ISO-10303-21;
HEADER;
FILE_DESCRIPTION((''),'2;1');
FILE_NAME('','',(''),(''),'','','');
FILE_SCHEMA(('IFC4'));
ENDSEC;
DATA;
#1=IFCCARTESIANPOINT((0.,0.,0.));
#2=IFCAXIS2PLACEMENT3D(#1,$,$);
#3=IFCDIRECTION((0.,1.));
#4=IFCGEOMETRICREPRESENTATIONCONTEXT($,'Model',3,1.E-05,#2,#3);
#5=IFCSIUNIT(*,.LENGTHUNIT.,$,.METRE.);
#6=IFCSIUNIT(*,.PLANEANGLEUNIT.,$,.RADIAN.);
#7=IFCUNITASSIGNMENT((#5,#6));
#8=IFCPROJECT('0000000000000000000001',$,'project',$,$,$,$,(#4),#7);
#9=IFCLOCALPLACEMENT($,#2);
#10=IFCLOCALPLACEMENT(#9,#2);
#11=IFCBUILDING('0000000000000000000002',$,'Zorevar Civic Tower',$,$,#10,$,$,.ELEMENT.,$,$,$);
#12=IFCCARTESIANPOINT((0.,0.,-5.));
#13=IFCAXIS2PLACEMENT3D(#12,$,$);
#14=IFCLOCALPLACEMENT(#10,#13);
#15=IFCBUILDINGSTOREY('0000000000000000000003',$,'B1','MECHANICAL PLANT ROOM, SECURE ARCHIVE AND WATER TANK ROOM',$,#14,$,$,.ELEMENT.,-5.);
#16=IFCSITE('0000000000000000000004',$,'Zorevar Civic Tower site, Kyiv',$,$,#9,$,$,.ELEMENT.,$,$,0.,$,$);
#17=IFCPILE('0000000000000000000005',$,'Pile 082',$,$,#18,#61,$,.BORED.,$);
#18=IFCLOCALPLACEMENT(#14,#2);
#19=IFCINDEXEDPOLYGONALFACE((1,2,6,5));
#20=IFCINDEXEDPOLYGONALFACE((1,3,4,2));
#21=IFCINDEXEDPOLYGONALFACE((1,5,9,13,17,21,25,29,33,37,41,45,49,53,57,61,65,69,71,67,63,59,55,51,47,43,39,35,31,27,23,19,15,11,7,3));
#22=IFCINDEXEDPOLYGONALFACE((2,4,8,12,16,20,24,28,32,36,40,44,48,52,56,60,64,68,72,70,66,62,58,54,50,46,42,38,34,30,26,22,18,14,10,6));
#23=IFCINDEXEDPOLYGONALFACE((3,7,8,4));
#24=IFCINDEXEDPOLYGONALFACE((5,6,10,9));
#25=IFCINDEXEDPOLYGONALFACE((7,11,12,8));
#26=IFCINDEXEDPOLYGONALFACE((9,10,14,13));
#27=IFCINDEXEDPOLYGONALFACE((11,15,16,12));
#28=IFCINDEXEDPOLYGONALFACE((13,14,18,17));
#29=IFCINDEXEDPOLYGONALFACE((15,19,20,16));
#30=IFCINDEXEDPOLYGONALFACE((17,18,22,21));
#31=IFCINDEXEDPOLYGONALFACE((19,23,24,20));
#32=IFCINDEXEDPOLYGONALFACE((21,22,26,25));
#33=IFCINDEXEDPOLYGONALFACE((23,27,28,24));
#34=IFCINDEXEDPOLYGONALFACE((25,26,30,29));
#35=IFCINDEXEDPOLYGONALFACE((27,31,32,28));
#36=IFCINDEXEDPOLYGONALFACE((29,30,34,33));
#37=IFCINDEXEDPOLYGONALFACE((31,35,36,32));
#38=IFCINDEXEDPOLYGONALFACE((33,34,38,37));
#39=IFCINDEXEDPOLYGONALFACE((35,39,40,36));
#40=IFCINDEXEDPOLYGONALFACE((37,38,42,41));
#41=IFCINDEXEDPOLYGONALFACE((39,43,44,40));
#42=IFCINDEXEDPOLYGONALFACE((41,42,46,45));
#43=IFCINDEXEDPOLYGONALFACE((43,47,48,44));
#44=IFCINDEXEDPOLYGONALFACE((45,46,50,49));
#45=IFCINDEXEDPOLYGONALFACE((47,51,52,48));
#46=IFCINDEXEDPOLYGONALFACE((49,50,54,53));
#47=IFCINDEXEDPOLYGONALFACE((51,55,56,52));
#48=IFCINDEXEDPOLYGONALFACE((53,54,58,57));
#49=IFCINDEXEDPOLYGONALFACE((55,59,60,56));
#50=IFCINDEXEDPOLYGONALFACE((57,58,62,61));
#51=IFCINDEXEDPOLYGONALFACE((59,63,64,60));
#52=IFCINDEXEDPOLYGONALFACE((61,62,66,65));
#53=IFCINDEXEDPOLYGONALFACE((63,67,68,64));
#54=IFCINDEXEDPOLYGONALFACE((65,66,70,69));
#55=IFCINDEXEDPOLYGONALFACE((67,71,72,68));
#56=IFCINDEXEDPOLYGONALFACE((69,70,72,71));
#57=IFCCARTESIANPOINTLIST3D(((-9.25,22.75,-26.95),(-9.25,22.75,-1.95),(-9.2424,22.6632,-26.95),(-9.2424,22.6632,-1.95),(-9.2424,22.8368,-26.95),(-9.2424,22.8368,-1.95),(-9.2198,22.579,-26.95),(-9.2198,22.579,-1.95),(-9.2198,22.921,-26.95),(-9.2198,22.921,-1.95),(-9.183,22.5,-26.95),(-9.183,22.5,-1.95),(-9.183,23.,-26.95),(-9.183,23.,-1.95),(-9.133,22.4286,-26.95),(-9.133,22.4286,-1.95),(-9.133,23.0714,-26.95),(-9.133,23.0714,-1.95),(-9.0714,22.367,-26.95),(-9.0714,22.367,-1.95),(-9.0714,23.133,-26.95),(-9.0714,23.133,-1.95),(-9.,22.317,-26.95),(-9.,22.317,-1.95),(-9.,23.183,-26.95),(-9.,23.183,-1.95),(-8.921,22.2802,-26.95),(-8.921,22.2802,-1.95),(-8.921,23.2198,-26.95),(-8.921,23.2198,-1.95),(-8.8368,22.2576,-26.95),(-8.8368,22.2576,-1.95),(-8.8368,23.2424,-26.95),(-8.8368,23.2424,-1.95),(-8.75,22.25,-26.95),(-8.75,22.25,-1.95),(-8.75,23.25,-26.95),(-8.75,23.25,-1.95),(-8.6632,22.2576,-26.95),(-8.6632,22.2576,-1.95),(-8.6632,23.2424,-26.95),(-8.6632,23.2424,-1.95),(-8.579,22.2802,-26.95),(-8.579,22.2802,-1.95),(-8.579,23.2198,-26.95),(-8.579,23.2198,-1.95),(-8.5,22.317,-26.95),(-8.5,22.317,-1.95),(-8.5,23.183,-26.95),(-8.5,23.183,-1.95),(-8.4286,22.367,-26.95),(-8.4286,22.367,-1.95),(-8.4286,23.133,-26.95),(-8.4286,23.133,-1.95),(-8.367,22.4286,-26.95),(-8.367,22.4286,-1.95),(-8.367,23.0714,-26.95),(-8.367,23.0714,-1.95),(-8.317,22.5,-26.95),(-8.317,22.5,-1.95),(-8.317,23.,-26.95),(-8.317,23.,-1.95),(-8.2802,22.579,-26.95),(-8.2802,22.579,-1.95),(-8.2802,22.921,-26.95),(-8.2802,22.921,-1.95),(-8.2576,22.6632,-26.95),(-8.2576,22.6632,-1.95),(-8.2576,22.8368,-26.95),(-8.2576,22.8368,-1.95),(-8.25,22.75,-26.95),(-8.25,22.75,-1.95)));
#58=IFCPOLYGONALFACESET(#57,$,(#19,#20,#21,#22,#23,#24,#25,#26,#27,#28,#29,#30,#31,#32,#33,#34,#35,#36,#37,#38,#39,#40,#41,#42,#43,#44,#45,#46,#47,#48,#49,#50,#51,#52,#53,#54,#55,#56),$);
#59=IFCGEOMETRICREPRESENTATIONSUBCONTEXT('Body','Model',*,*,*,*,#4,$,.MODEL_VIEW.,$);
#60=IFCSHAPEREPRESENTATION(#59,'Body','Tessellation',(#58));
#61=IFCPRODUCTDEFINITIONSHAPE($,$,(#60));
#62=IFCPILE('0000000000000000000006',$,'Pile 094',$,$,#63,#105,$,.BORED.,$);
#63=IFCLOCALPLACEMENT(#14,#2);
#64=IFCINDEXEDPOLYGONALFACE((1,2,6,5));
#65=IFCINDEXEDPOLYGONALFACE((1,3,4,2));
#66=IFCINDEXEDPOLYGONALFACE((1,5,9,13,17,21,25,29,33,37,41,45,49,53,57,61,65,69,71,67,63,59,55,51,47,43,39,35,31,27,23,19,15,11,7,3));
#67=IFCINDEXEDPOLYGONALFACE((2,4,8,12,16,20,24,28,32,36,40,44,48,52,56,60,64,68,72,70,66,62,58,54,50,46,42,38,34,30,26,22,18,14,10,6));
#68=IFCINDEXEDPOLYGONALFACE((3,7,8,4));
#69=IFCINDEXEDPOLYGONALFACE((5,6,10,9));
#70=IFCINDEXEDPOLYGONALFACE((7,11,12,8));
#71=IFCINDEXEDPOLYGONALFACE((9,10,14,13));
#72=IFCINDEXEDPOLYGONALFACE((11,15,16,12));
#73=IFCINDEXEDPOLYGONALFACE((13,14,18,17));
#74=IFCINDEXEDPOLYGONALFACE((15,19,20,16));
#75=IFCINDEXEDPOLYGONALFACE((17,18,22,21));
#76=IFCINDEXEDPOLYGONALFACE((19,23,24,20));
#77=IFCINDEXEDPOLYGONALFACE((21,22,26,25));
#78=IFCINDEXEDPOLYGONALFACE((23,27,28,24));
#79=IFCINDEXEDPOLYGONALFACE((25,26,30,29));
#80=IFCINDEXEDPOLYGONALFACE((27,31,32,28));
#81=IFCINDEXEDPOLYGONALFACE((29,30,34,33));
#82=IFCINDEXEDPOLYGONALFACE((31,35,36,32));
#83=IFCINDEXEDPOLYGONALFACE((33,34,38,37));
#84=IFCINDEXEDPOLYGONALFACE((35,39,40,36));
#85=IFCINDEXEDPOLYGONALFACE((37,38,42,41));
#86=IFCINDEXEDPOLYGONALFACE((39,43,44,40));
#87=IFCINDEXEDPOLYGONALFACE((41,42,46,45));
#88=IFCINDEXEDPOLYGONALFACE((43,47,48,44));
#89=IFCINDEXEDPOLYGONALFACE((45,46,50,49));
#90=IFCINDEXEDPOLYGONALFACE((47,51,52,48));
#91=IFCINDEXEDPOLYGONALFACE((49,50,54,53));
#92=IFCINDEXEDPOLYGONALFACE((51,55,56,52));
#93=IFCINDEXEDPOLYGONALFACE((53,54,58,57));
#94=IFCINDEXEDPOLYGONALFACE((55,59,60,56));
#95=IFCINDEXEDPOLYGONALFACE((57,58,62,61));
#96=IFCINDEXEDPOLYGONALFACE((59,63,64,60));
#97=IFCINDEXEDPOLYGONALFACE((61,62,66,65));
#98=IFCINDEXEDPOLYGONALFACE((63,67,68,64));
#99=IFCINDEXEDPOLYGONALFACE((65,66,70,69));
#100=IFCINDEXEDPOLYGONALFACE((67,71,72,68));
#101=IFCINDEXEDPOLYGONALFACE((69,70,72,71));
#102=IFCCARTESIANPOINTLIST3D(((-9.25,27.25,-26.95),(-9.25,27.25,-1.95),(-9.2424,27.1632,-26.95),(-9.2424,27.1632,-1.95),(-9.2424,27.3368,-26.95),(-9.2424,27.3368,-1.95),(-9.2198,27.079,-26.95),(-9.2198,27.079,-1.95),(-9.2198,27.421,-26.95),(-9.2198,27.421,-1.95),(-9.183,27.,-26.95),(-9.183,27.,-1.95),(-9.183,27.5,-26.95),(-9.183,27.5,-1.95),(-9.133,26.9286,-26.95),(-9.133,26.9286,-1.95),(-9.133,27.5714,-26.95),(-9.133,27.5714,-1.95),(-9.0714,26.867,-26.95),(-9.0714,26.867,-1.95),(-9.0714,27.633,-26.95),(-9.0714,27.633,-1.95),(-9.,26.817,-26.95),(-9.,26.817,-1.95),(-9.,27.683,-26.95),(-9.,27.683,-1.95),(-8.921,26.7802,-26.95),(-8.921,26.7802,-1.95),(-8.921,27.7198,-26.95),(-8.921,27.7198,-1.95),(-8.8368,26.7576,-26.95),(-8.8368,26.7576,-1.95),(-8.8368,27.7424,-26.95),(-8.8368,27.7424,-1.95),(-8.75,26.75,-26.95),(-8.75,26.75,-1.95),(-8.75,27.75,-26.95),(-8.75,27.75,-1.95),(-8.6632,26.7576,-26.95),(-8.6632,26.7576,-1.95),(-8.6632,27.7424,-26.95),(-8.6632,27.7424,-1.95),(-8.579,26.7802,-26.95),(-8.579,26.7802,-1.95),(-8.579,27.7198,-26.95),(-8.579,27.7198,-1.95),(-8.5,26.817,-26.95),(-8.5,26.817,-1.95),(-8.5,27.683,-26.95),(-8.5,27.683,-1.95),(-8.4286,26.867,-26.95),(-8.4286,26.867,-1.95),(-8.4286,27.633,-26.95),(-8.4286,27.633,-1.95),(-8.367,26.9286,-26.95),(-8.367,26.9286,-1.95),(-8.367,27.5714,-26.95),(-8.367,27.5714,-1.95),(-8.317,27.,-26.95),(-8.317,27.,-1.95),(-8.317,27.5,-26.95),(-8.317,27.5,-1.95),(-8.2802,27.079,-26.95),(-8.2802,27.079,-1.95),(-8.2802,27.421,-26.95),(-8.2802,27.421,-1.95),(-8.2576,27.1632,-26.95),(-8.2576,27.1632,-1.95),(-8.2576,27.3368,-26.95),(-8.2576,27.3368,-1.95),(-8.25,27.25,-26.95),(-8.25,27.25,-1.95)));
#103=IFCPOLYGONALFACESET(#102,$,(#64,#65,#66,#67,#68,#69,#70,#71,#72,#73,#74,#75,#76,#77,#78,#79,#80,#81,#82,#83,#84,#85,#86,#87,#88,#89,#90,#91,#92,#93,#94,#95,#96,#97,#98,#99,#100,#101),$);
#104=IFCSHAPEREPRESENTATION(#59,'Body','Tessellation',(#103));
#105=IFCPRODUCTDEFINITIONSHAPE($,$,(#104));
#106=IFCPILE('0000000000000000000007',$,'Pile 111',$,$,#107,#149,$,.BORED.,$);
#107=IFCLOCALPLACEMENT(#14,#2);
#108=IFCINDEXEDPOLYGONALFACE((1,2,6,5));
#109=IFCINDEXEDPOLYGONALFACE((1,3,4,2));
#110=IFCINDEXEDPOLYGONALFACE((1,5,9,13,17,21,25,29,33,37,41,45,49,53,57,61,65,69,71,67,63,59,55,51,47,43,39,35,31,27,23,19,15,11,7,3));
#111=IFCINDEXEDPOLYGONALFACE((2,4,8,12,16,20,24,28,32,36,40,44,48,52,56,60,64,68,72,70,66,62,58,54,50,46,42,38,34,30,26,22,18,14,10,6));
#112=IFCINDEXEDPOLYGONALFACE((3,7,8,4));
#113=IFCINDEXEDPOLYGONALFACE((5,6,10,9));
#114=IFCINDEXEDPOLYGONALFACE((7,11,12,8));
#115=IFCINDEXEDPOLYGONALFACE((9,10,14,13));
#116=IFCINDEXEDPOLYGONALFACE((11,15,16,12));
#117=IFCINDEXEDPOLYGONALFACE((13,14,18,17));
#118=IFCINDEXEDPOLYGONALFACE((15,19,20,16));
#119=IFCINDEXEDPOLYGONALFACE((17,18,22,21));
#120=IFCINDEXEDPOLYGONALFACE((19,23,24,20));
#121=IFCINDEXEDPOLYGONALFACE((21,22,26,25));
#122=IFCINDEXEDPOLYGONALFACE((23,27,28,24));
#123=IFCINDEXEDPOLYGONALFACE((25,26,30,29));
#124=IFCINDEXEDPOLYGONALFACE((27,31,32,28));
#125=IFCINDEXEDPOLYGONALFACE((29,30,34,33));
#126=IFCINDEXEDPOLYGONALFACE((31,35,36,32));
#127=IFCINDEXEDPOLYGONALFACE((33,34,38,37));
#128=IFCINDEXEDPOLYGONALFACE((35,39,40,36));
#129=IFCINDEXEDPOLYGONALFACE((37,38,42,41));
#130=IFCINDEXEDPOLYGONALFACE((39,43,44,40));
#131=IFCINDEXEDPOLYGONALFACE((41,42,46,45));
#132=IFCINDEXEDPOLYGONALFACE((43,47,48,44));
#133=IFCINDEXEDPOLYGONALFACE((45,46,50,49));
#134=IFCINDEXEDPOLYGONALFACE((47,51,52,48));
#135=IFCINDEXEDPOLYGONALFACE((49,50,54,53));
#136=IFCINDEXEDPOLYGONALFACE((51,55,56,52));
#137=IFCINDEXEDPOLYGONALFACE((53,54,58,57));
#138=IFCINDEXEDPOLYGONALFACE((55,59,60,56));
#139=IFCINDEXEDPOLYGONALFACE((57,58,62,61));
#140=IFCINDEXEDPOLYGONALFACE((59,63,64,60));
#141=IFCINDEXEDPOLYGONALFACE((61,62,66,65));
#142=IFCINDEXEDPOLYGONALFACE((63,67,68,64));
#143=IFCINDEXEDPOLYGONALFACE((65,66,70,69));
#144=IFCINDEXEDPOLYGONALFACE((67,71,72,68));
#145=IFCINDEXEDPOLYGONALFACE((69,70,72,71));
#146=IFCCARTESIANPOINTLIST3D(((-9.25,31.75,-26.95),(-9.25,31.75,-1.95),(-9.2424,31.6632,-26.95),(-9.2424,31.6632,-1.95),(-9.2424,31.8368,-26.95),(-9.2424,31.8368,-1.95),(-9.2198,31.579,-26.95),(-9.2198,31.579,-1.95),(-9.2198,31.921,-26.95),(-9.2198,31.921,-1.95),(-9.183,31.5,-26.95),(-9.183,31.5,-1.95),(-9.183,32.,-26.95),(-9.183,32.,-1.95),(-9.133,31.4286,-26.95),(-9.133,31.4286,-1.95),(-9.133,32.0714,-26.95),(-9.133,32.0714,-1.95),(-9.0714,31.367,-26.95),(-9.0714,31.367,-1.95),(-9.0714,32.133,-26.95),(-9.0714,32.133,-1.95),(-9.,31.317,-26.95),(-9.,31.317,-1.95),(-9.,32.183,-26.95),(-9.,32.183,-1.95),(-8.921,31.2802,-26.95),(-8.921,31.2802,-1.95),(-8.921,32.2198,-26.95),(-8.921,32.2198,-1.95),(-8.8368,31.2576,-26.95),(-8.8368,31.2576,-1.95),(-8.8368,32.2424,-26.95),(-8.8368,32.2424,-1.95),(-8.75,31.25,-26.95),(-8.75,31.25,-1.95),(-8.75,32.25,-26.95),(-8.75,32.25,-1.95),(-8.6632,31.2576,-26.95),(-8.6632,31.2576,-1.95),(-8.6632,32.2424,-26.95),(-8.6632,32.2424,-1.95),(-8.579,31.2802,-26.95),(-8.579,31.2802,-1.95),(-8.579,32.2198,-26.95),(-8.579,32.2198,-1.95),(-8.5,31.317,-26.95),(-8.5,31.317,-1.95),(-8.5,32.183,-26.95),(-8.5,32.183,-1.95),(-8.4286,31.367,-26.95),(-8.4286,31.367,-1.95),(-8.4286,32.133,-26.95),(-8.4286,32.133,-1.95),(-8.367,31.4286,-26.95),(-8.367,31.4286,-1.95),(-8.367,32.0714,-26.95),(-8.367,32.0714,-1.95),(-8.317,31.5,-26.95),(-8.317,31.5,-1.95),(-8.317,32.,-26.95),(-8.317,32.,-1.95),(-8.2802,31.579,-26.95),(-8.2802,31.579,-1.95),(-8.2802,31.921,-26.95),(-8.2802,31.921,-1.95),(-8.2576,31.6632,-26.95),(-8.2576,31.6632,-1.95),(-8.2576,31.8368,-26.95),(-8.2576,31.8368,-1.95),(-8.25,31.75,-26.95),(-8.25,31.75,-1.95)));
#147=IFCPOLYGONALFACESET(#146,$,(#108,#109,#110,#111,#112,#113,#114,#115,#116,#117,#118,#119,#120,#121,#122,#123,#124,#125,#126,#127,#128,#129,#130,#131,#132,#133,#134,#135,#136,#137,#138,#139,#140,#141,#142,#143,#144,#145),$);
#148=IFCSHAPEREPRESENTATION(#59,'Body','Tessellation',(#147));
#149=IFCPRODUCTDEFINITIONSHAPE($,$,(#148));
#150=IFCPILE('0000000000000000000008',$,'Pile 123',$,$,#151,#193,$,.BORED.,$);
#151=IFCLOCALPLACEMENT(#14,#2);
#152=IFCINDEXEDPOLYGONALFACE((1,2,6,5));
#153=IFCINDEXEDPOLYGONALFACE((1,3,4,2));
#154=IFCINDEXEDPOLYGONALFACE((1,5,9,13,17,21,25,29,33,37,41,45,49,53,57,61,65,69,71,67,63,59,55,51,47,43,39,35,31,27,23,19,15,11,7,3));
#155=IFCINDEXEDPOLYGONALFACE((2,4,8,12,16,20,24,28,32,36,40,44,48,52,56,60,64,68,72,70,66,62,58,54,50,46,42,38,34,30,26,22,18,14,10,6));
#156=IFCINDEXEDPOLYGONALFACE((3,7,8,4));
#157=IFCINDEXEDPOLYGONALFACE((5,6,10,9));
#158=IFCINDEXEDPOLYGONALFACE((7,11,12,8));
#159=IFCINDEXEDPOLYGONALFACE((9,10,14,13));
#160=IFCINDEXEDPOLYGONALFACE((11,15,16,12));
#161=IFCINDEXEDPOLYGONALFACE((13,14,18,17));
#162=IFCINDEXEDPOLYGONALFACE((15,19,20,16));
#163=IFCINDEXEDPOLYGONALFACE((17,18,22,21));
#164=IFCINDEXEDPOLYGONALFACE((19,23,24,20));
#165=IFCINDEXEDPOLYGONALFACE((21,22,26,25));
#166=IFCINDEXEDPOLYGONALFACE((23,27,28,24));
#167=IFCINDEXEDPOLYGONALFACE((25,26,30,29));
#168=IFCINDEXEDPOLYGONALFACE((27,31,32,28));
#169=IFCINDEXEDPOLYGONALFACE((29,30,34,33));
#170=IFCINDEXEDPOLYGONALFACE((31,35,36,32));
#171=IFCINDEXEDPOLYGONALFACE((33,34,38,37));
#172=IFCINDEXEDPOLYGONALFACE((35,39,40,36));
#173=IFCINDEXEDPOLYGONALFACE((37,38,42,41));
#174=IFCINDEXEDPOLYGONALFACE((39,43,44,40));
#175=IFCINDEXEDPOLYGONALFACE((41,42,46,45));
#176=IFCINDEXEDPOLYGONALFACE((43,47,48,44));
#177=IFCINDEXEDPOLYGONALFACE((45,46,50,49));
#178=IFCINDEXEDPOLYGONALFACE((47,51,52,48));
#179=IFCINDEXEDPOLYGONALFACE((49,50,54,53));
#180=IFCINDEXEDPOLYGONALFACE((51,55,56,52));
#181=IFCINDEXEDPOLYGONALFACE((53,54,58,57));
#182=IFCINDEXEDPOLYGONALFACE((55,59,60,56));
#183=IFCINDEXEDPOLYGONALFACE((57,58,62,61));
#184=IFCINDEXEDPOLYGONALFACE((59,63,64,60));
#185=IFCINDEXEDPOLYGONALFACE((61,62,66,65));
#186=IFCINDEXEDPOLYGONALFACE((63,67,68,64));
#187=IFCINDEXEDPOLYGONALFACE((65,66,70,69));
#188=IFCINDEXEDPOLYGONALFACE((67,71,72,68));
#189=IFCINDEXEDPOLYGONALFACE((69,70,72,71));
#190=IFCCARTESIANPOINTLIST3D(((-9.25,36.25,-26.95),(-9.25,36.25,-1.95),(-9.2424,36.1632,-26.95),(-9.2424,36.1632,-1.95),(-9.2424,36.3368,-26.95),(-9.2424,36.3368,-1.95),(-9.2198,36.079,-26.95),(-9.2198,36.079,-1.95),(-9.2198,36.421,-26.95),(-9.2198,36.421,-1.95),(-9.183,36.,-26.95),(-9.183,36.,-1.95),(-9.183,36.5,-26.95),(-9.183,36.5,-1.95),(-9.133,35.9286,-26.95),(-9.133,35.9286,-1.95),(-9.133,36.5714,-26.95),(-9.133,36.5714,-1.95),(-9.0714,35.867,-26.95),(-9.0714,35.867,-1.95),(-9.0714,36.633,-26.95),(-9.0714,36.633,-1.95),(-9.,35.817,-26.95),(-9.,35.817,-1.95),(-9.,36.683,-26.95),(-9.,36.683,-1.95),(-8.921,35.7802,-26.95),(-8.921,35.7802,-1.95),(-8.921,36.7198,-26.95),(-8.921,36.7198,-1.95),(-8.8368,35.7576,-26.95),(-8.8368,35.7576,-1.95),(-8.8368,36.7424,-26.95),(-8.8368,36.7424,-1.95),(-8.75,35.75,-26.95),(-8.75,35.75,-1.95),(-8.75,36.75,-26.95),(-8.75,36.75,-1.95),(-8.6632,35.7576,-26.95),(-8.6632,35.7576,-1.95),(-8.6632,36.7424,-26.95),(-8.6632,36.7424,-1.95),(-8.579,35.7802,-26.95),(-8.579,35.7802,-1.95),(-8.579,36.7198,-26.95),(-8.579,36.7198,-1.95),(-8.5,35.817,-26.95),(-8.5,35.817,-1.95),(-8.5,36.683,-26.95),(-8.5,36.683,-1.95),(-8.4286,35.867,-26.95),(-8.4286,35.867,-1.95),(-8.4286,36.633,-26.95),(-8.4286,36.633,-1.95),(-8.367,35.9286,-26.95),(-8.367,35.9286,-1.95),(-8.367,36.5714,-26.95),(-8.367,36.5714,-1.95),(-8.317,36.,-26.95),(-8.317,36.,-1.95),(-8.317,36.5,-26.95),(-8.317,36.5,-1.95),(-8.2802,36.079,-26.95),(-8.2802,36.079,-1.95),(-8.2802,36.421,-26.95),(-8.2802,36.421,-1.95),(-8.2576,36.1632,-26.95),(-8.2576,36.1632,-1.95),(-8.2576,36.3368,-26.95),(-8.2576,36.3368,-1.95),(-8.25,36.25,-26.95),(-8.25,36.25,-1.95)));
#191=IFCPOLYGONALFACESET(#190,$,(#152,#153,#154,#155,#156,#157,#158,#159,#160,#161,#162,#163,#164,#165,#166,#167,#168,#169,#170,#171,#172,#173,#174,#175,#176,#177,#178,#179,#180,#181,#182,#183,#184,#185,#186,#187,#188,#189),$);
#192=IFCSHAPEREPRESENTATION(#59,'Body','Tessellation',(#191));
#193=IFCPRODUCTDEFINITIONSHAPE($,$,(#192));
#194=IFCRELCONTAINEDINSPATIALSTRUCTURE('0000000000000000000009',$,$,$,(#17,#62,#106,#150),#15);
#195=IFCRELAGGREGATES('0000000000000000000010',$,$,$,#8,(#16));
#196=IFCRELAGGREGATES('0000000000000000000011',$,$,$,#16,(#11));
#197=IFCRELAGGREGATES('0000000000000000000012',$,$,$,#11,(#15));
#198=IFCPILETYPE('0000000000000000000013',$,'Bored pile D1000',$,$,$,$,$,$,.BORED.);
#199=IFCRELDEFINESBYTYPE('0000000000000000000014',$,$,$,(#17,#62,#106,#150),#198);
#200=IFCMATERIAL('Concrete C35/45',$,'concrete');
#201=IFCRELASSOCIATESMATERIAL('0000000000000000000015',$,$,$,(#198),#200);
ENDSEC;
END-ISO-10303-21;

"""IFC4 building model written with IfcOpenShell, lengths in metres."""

from ifc_helpers import new_model, si_unit, direction, frame, origin, origin_2d, place, context, subcontext, project, spatial, circle, extrude, material, type_object, element, save


model = new_model("IFC4")

# Units and contexts
model_context = context("Model", 3, precision=1e-05, world=origin(), true_north=direction((0.0, 1.0)))
body_context = subcontext(model_context, "Body", "Model", "MODEL_VIEW")
ifc_project = project(units=[si_unit("LENGTHUNIT", "METRE"), si_unit("PLANEANGLEUNIT", "RADIAN")], contexts=[model_context])

# Site, building, storey
site_placement = place(None, origin())
site = spatial("IfcSite", under=ifc_project, at=site_placement, Name="Zorevar Civic Tower site, Kyiv", CompositionType="ELEMENT", RefElevation=0.0)
building_placement = place(site_placement, origin())
building = spatial("IfcBuilding", under=site, at=building_placement, Name="Zorevar Civic Tower", CompositionType="ELEMENT")
storey_placement = place(building_placement, frame((0.0, 0.0, -5.0)))
storey = spatial("IfcBuildingStorey", under=building, at=storey_placement, Name="B1", Description="MECHANICAL PLANT ROOM, SECURE ARCHIVE AND WATER TANK ROOM", CompositionType="ELEMENT", Elevation=-5.0)

# Piles
ifc_material_1 = material(Name="Concrete C35/45", Category="concrete")
pile_type_1 = type_object("IfcPileType", Name="Bored pile D1000", PredefinedType="BORED", material=ifc_material_1)
for number, where, z_axis, x_axis, name in (
    (1, (-8.75, 22.75, -1.95), (0.0, 0.0, -1.0), (1.0, 0.0, 0.0), "Pile 082"),
    (2, (-8.75, 27.25, -1.95), (0.0, 0.0, -1.0), (1.0, 0.0, 0.0), "Pile 094"),
    (3, (-8.75, 31.75, -1.95), (0.0, 0.0, -1.0), (1.0, 0.0, 0.0), "Pile 111"),
    (4, (-8.75, 36.25, -1.95), (0.0, 0.0, -1.0), (1.0, 0.0, 0.0), "Pile 123"),
):
    element("IfcPile", number, at=place(storey_placement, frame(where, z_axis=z_axis, x_axis=x_axis)), inside=storey, type_object=pile_type_1, Name=name, PredefinedType="BORED", context=body_context, shape_type="SweptSolid", body=[
        extrude(circle(Radius=0.5, at=origin_2d()), origin(), (0.0, 0.0, 1.0), 25.0),
    ])

save(model, "model.ifc")
